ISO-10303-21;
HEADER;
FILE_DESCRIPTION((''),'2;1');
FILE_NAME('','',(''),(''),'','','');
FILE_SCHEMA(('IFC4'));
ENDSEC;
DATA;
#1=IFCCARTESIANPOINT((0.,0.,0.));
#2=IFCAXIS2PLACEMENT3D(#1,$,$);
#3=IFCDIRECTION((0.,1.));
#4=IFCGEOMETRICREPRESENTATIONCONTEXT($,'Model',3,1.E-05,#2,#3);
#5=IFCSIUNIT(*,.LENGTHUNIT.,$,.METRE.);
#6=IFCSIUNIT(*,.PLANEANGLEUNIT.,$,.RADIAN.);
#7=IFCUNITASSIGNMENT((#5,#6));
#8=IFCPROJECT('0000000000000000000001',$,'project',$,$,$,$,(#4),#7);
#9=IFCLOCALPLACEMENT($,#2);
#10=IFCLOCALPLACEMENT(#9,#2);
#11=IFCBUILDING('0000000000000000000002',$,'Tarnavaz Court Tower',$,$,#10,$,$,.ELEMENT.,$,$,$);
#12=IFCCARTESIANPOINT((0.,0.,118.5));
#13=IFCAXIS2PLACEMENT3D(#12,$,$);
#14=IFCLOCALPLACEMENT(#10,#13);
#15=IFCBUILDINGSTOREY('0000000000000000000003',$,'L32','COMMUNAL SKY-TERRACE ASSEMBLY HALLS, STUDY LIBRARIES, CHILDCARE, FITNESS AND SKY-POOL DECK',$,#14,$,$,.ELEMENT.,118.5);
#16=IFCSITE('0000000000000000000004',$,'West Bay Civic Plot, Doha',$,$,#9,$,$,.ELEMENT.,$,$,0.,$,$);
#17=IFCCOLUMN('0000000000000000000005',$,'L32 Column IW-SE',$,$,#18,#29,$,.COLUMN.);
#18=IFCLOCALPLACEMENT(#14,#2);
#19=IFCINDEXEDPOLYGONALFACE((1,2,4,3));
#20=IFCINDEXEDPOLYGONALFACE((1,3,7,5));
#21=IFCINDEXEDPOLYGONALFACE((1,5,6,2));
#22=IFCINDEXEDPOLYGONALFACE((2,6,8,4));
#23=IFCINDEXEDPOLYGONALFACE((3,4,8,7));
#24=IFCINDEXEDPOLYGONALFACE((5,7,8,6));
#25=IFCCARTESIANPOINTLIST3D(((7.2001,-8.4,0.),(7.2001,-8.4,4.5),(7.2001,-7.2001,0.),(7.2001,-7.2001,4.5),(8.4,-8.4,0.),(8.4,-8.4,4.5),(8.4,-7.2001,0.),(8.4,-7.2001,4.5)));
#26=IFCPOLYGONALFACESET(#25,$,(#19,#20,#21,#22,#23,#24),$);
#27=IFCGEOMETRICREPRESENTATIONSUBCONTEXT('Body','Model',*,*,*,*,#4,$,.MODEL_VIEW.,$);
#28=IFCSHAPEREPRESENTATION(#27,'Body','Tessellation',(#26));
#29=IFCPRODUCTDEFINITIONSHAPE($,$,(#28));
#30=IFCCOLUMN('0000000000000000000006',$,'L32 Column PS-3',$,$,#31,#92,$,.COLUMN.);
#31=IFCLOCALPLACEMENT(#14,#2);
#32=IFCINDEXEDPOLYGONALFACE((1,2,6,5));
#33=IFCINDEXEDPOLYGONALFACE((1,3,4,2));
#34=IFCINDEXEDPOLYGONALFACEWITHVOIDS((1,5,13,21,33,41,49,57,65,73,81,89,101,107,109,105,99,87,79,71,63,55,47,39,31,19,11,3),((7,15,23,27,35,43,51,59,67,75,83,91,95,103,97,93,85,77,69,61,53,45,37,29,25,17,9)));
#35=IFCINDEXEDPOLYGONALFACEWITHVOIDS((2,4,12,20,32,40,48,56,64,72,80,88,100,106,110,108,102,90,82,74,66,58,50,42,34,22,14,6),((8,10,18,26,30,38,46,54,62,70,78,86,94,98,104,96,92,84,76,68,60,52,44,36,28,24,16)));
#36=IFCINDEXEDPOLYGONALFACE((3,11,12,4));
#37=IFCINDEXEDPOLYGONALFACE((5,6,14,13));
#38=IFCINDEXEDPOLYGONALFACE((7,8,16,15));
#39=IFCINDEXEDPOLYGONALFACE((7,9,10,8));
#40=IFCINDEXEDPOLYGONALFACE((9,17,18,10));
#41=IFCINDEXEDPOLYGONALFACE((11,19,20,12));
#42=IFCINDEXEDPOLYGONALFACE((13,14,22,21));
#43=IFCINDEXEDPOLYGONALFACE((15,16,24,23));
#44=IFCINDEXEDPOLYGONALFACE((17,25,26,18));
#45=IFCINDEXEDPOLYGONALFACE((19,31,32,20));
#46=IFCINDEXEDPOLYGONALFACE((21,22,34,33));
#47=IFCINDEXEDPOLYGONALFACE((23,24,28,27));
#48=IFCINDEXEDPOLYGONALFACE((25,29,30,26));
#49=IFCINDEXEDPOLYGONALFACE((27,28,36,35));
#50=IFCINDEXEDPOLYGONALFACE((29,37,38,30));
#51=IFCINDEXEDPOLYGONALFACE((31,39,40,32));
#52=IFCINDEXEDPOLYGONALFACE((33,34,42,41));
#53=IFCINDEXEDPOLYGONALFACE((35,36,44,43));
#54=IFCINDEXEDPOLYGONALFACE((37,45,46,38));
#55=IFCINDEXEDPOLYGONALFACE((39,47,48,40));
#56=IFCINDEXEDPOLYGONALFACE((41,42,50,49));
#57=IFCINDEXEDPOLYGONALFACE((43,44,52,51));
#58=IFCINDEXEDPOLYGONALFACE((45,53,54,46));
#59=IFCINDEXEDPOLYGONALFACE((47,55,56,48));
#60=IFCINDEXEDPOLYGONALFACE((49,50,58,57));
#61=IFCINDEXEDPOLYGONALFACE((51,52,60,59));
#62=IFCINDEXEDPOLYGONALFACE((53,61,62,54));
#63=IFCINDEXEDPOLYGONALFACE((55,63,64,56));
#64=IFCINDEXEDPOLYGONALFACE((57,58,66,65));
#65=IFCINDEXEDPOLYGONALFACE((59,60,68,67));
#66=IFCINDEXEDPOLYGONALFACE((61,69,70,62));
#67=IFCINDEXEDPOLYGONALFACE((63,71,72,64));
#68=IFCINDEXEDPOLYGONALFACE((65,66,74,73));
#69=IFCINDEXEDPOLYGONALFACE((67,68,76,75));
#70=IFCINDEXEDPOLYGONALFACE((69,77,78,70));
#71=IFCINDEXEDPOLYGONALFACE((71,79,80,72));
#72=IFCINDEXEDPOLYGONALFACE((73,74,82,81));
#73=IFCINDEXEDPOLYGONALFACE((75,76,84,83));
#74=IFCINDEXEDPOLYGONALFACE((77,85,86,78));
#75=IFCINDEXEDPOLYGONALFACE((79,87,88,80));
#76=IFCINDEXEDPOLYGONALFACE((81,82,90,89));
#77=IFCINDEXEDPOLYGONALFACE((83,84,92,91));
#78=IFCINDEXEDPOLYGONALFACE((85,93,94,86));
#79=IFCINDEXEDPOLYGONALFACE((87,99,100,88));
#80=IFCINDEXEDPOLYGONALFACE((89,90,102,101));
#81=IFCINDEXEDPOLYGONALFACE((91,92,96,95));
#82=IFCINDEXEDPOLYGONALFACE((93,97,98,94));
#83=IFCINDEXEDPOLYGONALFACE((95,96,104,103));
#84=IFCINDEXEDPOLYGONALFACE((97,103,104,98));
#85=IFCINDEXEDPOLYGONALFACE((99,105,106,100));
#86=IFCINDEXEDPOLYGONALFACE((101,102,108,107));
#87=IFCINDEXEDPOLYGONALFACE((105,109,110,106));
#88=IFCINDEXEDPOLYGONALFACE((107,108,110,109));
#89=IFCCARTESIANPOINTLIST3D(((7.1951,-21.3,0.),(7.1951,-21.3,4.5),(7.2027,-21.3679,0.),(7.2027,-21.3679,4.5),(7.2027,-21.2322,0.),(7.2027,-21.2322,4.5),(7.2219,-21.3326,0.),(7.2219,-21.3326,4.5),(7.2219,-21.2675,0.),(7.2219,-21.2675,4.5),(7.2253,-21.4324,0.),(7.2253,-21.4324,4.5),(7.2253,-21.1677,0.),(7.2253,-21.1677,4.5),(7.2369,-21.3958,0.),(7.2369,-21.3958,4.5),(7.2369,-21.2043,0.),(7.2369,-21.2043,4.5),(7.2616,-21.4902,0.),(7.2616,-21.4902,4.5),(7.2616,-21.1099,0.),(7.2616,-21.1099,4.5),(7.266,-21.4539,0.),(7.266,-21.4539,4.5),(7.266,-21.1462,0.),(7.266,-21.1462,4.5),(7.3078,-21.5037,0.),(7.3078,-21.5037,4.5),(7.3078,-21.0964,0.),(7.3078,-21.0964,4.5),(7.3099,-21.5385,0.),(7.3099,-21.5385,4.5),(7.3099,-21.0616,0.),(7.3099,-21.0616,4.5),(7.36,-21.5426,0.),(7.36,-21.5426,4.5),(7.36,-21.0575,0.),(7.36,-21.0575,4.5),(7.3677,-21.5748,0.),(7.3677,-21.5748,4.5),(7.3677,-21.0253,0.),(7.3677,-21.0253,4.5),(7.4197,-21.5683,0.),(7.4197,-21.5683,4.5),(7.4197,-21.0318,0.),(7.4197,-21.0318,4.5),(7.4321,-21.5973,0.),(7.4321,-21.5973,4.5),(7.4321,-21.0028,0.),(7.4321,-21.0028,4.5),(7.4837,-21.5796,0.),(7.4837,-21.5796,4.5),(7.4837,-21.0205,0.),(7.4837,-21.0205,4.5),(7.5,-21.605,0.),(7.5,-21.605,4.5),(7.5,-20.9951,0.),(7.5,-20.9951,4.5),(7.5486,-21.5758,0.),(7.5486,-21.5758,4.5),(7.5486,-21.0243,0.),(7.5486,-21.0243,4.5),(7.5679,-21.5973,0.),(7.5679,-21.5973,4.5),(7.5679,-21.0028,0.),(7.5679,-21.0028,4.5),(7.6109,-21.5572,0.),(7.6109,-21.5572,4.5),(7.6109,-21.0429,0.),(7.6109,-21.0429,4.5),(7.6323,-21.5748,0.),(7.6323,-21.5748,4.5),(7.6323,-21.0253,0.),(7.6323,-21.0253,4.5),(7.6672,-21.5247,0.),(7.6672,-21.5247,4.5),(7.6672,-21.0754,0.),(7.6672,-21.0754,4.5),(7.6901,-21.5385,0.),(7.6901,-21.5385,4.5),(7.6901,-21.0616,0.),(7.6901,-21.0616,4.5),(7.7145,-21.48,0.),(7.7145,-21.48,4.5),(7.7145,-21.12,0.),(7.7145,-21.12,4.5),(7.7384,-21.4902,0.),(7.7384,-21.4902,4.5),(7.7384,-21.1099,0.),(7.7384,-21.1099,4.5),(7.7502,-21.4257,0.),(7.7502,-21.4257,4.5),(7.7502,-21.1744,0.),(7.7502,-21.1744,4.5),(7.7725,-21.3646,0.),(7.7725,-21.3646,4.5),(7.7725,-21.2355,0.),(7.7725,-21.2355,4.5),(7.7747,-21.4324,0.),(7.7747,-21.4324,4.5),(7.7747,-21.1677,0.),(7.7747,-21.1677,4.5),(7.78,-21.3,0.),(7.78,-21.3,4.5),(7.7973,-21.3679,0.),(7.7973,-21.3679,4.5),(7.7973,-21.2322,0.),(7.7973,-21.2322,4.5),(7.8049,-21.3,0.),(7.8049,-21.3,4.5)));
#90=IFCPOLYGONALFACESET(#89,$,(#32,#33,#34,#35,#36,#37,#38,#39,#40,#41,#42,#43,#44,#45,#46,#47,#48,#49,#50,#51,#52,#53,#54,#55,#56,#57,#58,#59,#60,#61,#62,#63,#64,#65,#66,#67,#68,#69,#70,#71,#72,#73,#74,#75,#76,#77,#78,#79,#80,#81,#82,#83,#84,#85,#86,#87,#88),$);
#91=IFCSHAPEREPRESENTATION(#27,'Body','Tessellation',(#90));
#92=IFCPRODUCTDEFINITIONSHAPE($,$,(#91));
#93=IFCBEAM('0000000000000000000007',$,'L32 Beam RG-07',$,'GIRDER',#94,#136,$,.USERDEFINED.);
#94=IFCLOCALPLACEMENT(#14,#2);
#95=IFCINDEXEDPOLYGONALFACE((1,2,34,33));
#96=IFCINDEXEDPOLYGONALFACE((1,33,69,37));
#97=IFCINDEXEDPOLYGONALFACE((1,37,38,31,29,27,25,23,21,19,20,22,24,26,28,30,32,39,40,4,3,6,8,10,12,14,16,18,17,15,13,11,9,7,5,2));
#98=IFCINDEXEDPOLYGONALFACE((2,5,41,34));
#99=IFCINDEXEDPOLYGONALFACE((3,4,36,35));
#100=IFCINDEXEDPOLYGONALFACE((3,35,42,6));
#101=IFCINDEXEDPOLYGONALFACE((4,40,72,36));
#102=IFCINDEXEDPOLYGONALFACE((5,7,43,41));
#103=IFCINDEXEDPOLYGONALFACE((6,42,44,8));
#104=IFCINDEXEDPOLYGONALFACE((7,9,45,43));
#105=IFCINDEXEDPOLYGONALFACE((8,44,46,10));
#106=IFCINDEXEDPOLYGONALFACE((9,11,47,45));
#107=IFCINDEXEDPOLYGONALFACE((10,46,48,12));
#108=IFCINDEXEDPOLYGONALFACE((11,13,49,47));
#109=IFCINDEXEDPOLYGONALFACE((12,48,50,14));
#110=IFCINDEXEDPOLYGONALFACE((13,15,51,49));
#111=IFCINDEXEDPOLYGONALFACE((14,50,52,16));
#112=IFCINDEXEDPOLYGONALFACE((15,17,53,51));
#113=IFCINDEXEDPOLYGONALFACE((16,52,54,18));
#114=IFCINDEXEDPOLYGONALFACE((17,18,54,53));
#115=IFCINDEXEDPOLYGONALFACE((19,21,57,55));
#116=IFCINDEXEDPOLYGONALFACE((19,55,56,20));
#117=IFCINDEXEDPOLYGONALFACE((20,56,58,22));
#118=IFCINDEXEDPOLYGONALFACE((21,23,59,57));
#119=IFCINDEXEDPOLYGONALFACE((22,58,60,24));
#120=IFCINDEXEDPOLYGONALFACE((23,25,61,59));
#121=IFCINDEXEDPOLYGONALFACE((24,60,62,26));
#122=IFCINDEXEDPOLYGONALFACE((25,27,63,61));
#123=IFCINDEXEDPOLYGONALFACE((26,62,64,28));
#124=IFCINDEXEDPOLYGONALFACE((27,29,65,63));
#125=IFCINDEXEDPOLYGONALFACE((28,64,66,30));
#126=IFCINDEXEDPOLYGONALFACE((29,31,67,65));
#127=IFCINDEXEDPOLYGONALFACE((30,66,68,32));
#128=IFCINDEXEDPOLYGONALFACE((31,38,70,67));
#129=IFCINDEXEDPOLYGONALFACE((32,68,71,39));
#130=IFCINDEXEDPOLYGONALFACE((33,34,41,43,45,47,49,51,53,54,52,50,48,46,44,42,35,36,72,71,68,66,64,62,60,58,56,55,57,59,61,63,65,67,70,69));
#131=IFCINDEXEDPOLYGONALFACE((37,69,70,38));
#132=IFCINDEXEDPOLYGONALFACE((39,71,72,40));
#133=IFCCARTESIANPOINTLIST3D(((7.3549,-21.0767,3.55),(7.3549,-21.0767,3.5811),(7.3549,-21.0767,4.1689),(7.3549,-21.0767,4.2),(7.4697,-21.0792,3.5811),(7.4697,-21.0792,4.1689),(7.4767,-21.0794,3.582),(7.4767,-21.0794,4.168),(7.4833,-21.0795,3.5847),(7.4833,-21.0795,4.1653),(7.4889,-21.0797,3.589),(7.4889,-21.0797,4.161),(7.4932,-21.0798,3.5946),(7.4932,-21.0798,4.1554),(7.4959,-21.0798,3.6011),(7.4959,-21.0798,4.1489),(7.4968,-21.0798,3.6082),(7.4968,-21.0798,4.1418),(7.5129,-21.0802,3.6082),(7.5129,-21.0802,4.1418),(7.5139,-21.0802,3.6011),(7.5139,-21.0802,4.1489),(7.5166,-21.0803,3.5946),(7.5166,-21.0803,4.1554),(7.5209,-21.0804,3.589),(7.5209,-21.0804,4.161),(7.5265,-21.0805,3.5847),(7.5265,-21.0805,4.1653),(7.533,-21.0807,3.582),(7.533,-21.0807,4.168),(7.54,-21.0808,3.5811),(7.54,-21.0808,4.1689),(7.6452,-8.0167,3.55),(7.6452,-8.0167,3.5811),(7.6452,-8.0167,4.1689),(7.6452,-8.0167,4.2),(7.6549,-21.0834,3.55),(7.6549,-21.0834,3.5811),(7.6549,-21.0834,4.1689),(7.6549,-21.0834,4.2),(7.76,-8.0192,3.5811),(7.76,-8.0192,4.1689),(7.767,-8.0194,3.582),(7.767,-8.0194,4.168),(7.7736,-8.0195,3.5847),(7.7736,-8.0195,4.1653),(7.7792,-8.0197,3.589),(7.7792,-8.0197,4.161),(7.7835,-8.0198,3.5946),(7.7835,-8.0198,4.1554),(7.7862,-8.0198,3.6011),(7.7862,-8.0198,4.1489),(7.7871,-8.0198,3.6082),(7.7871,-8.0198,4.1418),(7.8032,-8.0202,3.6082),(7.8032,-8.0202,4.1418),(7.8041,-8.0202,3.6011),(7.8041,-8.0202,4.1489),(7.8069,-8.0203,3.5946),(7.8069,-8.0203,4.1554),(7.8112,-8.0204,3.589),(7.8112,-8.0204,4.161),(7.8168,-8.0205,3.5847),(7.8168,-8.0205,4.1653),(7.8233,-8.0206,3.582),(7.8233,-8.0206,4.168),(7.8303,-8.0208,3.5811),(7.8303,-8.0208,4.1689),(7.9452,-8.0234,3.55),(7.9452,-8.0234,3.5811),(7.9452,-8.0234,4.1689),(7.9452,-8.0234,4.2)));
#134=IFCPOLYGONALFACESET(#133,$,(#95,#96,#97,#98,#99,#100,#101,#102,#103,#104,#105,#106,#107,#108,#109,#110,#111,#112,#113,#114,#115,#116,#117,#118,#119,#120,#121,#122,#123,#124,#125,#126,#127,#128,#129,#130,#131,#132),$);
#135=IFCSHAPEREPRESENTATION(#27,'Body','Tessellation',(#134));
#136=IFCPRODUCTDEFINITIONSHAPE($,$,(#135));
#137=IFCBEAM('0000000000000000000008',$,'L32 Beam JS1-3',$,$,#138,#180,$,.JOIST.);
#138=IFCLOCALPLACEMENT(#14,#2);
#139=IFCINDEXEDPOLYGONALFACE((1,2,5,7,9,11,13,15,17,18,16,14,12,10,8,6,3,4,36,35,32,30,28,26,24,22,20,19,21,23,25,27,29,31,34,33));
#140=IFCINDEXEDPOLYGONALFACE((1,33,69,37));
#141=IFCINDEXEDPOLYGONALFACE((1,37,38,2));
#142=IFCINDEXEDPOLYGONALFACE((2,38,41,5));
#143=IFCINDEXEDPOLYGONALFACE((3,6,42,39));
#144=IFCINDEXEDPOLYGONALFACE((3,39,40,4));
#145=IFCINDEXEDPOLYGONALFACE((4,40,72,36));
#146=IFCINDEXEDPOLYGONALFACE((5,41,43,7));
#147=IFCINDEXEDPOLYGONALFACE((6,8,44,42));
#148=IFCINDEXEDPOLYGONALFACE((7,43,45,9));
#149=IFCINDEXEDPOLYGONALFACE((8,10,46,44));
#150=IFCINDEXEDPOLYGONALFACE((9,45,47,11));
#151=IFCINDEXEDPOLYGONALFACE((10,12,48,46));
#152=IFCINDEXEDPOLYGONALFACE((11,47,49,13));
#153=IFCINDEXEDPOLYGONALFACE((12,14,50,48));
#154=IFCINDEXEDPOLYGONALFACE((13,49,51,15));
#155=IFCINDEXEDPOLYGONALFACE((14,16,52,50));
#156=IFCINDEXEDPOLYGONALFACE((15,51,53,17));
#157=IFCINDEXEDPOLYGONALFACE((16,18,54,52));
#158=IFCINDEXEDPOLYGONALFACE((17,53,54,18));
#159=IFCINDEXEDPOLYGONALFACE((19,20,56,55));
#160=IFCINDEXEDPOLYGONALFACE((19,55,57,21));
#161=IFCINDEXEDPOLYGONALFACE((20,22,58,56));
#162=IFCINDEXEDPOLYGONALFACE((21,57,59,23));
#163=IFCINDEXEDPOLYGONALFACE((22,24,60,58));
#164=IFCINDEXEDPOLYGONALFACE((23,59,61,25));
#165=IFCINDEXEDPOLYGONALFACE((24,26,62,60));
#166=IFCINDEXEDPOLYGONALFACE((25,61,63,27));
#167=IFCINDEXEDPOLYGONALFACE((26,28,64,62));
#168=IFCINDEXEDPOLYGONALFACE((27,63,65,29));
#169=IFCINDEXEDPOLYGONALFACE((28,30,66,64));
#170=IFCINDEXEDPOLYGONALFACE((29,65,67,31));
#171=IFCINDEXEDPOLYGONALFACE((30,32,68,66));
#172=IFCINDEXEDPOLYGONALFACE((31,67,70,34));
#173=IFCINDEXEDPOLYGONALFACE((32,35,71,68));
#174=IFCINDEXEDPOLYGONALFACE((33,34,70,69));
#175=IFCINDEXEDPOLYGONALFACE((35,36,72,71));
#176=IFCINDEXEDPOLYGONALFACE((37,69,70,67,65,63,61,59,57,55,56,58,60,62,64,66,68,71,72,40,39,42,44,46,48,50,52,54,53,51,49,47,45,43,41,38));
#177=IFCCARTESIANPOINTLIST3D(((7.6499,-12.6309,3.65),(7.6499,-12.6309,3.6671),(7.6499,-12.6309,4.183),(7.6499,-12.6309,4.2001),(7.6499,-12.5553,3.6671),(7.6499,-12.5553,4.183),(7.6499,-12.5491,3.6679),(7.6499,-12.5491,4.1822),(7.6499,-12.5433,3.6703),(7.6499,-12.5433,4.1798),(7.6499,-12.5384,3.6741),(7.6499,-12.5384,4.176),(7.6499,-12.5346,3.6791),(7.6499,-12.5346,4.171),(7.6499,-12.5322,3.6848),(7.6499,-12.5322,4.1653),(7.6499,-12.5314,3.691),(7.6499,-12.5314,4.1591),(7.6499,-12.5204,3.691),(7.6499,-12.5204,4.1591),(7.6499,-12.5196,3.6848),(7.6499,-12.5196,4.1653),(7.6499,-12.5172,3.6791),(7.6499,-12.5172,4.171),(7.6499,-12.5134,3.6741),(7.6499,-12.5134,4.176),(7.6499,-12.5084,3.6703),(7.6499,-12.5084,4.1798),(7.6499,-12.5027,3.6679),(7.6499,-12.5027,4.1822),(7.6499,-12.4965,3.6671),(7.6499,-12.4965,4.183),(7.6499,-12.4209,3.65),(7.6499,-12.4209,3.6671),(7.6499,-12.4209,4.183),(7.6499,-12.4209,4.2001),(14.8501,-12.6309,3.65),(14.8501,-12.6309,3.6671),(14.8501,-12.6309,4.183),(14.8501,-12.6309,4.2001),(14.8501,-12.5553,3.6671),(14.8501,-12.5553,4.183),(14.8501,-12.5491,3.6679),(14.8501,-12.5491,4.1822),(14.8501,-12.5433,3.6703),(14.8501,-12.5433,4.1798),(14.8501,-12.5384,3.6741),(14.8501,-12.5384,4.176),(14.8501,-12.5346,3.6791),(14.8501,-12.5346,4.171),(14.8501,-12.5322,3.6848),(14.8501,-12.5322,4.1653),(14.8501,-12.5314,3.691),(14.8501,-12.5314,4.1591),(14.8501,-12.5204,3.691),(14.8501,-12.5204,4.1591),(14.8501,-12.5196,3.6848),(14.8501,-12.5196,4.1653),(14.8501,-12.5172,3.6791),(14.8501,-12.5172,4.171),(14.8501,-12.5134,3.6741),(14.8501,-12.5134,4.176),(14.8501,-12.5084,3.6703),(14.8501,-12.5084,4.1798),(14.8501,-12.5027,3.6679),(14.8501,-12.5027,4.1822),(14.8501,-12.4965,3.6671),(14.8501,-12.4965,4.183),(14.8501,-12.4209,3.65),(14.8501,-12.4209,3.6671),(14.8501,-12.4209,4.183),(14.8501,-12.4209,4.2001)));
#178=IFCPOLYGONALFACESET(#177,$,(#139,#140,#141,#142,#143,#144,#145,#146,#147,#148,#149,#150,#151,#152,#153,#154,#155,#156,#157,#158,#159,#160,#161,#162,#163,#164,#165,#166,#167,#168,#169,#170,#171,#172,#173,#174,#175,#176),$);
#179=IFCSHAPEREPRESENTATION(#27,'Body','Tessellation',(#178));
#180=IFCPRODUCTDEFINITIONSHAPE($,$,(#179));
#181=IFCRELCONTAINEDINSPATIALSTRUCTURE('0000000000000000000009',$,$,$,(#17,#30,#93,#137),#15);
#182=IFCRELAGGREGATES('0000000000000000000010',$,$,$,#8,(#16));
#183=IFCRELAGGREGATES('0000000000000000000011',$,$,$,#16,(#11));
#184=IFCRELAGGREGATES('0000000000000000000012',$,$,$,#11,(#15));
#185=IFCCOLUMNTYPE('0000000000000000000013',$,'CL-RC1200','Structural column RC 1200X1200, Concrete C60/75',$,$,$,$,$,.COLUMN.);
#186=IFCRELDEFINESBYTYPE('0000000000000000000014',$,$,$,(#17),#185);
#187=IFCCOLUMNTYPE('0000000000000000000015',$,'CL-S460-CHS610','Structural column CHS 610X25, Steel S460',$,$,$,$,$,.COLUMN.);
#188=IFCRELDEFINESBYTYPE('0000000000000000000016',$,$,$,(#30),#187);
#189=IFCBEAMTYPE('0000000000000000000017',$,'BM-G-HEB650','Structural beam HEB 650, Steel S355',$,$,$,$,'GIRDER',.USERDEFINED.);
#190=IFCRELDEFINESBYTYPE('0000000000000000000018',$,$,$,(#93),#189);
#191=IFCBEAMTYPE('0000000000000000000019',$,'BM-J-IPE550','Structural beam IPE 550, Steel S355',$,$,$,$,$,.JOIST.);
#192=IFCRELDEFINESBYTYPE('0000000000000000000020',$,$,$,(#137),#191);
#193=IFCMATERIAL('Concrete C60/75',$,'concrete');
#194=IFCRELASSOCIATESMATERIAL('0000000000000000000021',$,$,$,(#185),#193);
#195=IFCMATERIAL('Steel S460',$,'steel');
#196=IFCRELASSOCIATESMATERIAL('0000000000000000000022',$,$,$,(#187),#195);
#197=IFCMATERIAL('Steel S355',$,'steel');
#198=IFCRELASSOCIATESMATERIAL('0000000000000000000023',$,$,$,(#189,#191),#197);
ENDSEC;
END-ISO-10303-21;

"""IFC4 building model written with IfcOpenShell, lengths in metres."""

from ifc_helpers import new_model, si_unit, direction, frame, origin, origin_2d, place, context, subcontext, project, spatial, rectangle, hollow_circle, i_section, extrude, material, material_profile, profile_set, type_object, element, save


model = new_model("IFC4")

# Units and contexts
model_context = context("Model", 3, precision=1e-05, world=origin(), true_north=direction((0.0, 1.0)))
body_context = subcontext(model_context, "Body", "Model", "MODEL_VIEW")
ifc_project = project(units=[si_unit("LENGTHUNIT", "METRE"), si_unit("PLANEANGLEUNIT", "RADIAN")], contexts=[model_context])

# Site, building, storey
site_placement = place(None, origin())
site = spatial("IfcSite", under=ifc_project, at=site_placement, Name="West Bay Civic Plot, Doha", CompositionType="ELEMENT", RefElevation=0.0)
building_placement = place(site_placement, origin())
building = spatial("IfcBuilding", under=site, at=building_placement, Name="Tarnavaz Court Tower", CompositionType="ELEMENT")
storey_placement = place(building_placement, frame((0.0, 0.0, 118.5)))
storey = spatial("IfcBuildingStorey", under=building, at=storey_placement, Name="L32", Description="COMMUNAL SKY-TERRACE ASSEMBLY HALLS, STUDY LIBRARIES, CHILDCARE, FITNESS AND SKY-POOL DECK", CompositionType="ELEMENT", Elevation=118.5)

# Columns
ifc_material_1 = material(Name="Concrete C60/75", Category="concrete")
ifc_material_profile_1 = material_profile(ifc_material_1, rectangle(XDim=1.2, YDim=1.2, at=origin_2d()), Name="RC 1200X1200")
ifc_profile_set_1 = profile_set([ifc_material_profile_1], Name="Concrete C60/75")
column_type_1 = type_object("IfcColumnType", Name="CL-RC1200", Description="Structural column RC 1200X1200, Concrete C60/75", PredefinedType="COLUMN", material=ifc_profile_set_1)
column_1_placement = place(storey_placement, frame((7.8, -7.8, 0.0), z_axis=(0.0, 0.0, 1.0), x_axis=(1.0, 0.0, 0.0)))
element("IfcColumn", 1, at=column_1_placement, inside=storey, type_object=column_type_1, Name="L32 Column IW-SE", PredefinedType="COLUMN", context=body_context, shape_type="SweptSolid", body=[
    extrude(rectangle(XDim=1.2, YDim=1.2, at=origin_2d()), origin(), (0.0, 0.0, 1.0), 4.5),
])
ifc_material_2 = material(Name="Steel S460", Category="steel")
ifc_material_profile_2 = material_profile(ifc_material_2, hollow_circle(Radius=0.3049, WallThickness=0.0249, at=origin_2d()), Name="CHS 610X25")
ifc_profile_set_2 = profile_set([ifc_material_profile_2], Name="Steel S460")
column_type_2 = type_object("IfcColumnType", Name="CL-S460-CHS610", Description="Structural column CHS 610X25, Steel S460", PredefinedType="COLUMN", material=ifc_profile_set_2)
column_2_placement = place(storey_placement, frame((7.5, -21.3, 0.0), z_axis=(0.0, 0.0, 1.0), x_axis=(1.0, 0.0, 0.0)))
element("IfcColumn", 2, at=column_2_placement, inside=storey, type_object=column_type_2, Name="L32 Column PS-3", PredefinedType="COLUMN", context=body_context, shape_type="SweptSolid", body=[
    extrude(hollow_circle(Radius=0.3049, WallThickness=0.0249, at=origin_2d()), origin(), (0.0, 0.0, 1.0), 4.5),
])

# Beams
ifc_material_3 = material(Name="Steel S355", Category="steel")
ifc_material_profile_3 = material_profile(ifc_material_3, i_section(OverallWidth=0.3, OverallDepth=0.6499, WebThickness=0.0161, FlangeThickness=0.031, FilletRadius=0.0271, at=origin_2d()), Name="HEB 650")
ifc_profile_set_3 = profile_set([ifc_material_profile_3], Name="Steel S355")
beam_type_1 = type_object("IfcBeamType", Name="BM-G-HEB650", Description="Structural beam HEB 650, Steel S355", ElementType="GIRDER", PredefinedType="USERDEFINED", material=ifc_profile_set_3)
beam_1_placement = place(storey_placement, frame((7.7952, -8.02, 3.875), z_axis=(-0.022221, -0.999753, 0.0), x_axis=(0.999753, -0.022221, 0.0)))
element("IfcBeam", 3, at=beam_1_placement, inside=storey, type_object=beam_type_1, Name="L32 Beam RG-07", ObjectType="GIRDER", PredefinedType="USERDEFINED", context=body_context, shape_type="SweptSolid", body=[
    extrude(i_section(OverallWidth=0.3, OverallDepth=0.6499, WebThickness=0.0161, FlangeThickness=0.031, FilletRadius=0.0271, at=origin_2d()), origin(), (0.0, 0.0, 1.0), 13.0632),
])
ifc_material_profile_4 = material_profile(ifc_material_3, i_section(OverallWidth=0.21, OverallDepth=0.55, WebThickness=0.011, FlangeThickness=0.0171, FilletRadius=0.0239, at=origin_2d()), Name="IPE 550")
ifc_profile_set_4 = profile_set([ifc_material_profile_4], Name="Steel S355")
beam_type_2 = type_object("IfcBeamType", Name="BM-J-IPE550", Description="Structural beam IPE 550, Steel S355", PredefinedType="JOIST", material=ifc_profile_set_4)
for number, where, z_axis, x_axis, name in (
    (4, (7.6499, -12.5259, 3.925), (1.0, 0.0, 0.0), (0.0, 1.0, 0.0), "L32 Beam JS1-3"),
):
    element("IfcBeam", number, at=place(storey_placement, frame(where, z_axis=z_axis, x_axis=x_axis)), inside=storey, type_object=beam_type_2, Name=name, PredefinedType="JOIST", context=body_context, shape_type="SweptSolid", body=[
        extrude(i_section(OverallWidth=0.21, OverallDepth=0.55, WebThickness=0.011, FlangeThickness=0.0171, FilletRadius=0.0239, at=origin_2d()), origin(), (0.0, 0.0, 1.0), 7.2002),
    ])

save(model, "model.ifc")
